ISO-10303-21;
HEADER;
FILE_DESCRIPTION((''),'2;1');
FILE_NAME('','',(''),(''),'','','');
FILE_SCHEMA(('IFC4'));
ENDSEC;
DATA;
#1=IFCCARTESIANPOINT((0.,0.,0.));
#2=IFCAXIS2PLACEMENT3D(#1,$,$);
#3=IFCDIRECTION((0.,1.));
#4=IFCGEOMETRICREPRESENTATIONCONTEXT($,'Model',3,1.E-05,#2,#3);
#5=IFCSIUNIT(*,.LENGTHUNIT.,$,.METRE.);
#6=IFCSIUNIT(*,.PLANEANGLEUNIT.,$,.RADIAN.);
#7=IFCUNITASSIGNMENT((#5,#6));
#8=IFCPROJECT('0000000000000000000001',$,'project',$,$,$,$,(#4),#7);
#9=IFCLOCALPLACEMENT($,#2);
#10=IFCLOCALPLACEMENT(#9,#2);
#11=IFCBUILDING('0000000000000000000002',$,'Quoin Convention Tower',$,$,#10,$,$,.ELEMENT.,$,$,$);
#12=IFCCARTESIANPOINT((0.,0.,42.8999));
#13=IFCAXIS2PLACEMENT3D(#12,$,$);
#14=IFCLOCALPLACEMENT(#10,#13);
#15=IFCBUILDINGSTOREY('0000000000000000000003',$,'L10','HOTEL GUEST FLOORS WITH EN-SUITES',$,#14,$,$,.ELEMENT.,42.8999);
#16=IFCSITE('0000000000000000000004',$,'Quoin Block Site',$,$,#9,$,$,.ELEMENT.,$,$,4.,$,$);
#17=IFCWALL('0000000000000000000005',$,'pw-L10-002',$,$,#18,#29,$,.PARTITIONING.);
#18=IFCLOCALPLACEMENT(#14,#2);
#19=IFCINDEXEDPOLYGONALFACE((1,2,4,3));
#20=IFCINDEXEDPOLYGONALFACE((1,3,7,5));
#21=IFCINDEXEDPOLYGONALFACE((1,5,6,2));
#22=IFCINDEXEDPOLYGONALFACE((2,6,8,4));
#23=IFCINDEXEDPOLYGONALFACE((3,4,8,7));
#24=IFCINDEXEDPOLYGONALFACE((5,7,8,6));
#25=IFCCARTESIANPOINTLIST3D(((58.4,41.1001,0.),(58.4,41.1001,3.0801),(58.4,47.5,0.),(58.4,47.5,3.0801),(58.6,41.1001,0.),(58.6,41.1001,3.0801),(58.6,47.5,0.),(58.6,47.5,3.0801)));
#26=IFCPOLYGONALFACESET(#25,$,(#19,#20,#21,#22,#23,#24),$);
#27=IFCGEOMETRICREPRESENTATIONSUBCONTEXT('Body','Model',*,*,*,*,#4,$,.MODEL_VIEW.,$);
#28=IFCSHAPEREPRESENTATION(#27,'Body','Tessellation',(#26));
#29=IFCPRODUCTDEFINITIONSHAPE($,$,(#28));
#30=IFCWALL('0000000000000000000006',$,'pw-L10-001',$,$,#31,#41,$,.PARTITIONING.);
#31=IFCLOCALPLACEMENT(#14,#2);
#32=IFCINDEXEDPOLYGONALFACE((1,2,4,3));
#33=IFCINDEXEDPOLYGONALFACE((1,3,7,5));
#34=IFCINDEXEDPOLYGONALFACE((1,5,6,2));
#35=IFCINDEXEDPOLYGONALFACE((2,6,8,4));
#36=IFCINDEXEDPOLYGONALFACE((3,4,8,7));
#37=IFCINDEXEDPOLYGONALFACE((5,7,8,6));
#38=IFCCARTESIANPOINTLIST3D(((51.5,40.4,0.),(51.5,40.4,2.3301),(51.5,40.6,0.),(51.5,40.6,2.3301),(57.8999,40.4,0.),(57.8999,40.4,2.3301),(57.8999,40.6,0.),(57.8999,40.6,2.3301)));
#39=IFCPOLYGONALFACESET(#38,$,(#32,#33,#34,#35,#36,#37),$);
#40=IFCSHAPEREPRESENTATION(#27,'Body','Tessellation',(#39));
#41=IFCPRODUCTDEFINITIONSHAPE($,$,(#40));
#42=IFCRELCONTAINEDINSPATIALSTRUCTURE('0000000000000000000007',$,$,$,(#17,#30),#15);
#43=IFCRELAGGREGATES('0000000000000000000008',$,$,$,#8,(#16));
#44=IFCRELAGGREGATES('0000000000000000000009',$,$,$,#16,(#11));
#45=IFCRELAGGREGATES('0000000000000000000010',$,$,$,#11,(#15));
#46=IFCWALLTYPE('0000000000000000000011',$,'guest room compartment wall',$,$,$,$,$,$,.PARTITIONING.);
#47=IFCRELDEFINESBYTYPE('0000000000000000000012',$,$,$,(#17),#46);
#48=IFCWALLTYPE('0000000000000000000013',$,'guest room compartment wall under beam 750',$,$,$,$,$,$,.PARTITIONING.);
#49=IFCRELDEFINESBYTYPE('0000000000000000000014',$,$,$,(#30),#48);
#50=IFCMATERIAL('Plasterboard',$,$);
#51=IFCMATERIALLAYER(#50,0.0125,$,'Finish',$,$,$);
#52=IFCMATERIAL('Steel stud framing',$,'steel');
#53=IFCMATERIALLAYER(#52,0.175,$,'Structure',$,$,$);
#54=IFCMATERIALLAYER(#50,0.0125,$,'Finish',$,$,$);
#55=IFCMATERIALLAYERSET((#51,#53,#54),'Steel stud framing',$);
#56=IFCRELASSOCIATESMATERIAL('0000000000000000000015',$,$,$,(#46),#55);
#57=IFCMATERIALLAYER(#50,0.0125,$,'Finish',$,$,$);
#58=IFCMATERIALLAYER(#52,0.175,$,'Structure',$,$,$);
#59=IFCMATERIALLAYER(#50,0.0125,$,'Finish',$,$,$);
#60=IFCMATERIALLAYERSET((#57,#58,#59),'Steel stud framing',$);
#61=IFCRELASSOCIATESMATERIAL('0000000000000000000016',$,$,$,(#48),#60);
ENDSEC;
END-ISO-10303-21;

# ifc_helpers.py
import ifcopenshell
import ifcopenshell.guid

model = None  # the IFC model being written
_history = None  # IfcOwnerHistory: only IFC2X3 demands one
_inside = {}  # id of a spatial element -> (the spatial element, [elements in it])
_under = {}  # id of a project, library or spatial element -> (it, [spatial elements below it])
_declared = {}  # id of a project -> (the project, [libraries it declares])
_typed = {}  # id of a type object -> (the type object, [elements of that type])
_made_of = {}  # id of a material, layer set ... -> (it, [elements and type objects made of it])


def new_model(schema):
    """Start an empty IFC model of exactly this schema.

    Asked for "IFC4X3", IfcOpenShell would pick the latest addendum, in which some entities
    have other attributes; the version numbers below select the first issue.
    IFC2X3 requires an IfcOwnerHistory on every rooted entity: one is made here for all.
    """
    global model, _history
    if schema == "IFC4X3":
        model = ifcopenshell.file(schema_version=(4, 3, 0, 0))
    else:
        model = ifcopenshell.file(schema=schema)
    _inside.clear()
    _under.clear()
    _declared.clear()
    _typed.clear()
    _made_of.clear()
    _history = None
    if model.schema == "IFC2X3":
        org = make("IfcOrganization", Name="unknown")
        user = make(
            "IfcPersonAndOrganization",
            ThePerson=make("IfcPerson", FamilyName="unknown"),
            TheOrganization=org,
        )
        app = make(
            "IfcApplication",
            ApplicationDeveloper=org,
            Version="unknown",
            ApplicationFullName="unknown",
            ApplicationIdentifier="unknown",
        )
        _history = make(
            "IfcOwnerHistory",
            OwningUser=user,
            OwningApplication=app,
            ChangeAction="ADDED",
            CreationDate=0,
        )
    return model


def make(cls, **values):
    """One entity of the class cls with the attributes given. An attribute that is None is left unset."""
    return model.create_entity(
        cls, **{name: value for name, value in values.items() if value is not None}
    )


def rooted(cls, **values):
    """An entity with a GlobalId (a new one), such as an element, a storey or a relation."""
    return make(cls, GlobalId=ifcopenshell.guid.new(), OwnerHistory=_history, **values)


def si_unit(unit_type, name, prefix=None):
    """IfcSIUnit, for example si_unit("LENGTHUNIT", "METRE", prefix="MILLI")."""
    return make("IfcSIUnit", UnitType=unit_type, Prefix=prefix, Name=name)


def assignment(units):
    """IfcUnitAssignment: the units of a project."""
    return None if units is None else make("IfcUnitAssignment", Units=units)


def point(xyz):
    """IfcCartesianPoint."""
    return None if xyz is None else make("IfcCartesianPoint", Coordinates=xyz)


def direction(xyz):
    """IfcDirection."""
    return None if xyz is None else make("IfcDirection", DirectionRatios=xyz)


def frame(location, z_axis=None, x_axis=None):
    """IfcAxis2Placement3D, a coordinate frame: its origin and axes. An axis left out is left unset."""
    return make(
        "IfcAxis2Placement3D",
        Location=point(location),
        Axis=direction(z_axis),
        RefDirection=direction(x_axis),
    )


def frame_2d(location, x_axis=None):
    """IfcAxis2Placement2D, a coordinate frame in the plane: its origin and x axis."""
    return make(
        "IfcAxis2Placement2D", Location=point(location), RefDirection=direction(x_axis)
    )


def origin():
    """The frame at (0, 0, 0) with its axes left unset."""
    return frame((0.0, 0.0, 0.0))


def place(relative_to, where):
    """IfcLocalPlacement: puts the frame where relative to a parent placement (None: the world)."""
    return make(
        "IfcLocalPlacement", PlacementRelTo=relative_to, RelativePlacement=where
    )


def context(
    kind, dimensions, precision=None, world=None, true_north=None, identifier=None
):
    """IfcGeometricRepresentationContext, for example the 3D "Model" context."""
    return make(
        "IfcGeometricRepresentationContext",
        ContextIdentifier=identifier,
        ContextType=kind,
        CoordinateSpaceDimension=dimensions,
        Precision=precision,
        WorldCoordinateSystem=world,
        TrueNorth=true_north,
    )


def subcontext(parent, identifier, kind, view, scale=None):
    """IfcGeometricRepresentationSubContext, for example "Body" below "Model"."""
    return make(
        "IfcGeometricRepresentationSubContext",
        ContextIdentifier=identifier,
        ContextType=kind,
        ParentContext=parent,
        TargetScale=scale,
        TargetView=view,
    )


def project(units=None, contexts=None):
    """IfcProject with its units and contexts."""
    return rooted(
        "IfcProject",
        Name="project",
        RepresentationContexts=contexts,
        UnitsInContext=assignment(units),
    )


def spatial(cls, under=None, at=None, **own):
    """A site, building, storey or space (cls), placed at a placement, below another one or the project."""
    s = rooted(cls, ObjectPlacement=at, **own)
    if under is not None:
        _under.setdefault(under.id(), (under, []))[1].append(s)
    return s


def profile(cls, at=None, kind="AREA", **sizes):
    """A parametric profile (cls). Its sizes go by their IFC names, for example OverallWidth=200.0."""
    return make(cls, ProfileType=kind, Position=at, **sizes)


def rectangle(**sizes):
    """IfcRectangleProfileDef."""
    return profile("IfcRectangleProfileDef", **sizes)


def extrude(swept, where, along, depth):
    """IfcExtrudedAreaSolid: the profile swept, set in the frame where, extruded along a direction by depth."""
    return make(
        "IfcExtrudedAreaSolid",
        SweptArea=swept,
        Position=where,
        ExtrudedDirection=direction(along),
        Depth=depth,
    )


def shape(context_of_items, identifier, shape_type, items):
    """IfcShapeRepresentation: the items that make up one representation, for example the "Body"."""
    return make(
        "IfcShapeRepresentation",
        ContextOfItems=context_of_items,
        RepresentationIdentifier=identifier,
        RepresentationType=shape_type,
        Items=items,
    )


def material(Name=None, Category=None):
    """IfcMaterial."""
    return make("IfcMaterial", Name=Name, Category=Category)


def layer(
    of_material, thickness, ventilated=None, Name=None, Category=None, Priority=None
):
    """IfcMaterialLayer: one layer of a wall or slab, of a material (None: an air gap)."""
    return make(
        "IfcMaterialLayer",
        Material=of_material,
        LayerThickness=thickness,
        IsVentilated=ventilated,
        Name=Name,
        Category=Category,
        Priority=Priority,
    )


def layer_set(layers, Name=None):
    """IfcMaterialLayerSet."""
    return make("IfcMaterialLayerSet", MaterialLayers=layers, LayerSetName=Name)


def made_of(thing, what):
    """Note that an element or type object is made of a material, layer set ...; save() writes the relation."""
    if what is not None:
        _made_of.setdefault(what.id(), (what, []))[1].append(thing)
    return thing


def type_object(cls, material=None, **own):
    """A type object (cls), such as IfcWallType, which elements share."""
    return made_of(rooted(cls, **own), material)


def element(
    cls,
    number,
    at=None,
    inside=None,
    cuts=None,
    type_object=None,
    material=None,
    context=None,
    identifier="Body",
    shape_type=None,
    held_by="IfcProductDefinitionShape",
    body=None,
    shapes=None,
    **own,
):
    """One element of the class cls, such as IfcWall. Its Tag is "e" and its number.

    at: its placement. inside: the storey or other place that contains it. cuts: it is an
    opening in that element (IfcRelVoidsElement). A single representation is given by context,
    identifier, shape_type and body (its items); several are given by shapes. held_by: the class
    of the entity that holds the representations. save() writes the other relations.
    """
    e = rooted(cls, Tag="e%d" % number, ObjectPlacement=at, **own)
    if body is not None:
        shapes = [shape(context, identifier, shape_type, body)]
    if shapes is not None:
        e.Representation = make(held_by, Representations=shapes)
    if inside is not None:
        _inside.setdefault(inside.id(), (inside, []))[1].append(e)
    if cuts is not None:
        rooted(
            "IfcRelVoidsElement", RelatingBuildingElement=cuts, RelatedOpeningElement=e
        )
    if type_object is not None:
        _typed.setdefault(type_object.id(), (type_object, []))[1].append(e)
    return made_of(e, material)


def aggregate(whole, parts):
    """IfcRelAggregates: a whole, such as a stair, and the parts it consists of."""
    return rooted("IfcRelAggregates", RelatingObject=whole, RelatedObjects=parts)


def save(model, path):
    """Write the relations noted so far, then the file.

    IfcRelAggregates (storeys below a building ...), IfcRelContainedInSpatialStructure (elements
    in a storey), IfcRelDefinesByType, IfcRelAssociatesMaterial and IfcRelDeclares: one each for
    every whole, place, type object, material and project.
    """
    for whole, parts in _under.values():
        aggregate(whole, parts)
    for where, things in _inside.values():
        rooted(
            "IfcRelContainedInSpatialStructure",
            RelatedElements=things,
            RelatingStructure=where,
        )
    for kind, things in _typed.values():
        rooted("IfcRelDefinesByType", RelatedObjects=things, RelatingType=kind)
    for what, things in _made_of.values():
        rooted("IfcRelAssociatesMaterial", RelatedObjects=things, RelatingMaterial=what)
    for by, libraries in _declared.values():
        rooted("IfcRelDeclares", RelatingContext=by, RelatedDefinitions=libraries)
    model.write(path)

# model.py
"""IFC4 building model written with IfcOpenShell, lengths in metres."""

from ifc_helpers import new_model, si_unit, direction, frame, frame_2d, origin, place, context, subcontext, project, spatial, rectangle, extrude, material, layer, layer_set, type_object, element, save


model = new_model("IFC4")

# Units and contexts
model_context = context("Model", 3, precision=1e-05, world=origin(), true_north=direction((0.0, 1.0)))
body_context = subcontext(model_context, "Body", "Model", "MODEL_VIEW")
ifc_project = project(units=[si_unit("LENGTHUNIT", "METRE"), si_unit("PLANEANGLEUNIT", "RADIAN")], contexts=[model_context])

# Site, building, storey
site_placement = place(None, origin())
site = spatial("IfcSite", under=ifc_project, at=site_placement, Name="Quoin Block Site", CompositionType="ELEMENT", RefElevation=4.0)
building_placement = place(site_placement, origin())
building = spatial("IfcBuilding", under=site, at=building_placement, Name="Quoin Convention Tower", CompositionType="ELEMENT")
storey_placement = place(building_placement, frame((0.0, 0.0, 42.8999)))
storey = spatial("IfcBuildingStorey", under=building, at=storey_placement, Name="L10", Description="HOTEL GUEST FLOORS WITH EN-SUITES", CompositionType="ELEMENT", Elevation=42.8999)

# Walls
ifc_material_1 = material(Name="Plasterboard")
ifc_layer_1 = layer(ifc_material_1, 0.0125, Name="Finish")
ifc_material_2 = material(Name="Steel stud framing", Category="steel")
ifc_layer_2 = layer(ifc_material_2, 0.175, Name="Structure")
ifc_layer_3 = layer(ifc_material_1, 0.0125, Name="Finish")
ifc_layer_set_1 = layer_set([ifc_layer_1, ifc_layer_2, ifc_layer_3], Name="Steel stud framing")
wall_type_1 = type_object("IfcWallType", Name="guest room compartment wall", PredefinedType="PARTITIONING", material=ifc_layer_set_1)
wall_1_placement = place(storey_placement, frame((58.5, 41.1001, 0.0), z_axis=(0.0, 0.0, 1.0), x_axis=(0.0, 1.0, 0.0)))
element("IfcWall", 1, at=wall_1_placement, inside=storey, type_object=wall_type_1, Name="pw-L10-002", PredefinedType="PARTITIONING", context=body_context, shape_type="SweptSolid", body=[
    extrude(rectangle(XDim=6.3999, YDim=0.2, at=frame_2d((3.2, 0.0))), origin(), (0.0, 0.0, 1.0), 3.0801),
])
ifc_layer_4 = layer(ifc_material_1, 0.0125, Name="Finish")
ifc_layer_5 = layer(ifc_material_2, 0.175, Name="Structure")
ifc_layer_6 = layer(ifc_material_1, 0.0125, Name="Finish")
ifc_layer_set_2 = layer_set([ifc_layer_4, ifc_layer_5, ifc_layer_6], Name="Steel stud framing")
wall_type_2 = type_object("IfcWallType", Name="guest room compartment wall under beam 750", PredefinedType="PARTITIONING", material=ifc_layer_set_2)
wall_2_placement = place(storey_placement, frame((51.5, 40.5, 0.0), z_axis=(0.0, 0.0, 1.0), x_axis=(1.0, 0.0, 0.0)))
element("IfcWall", 2, at=wall_2_placement, inside=storey, type_object=wall_type_2, Name="pw-L10-001", PredefinedType="PARTITIONING", context=body_context, shape_type="SweptSolid", body=[
    extrude(rectangle(XDim=6.3999, YDim=0.2, at=frame_2d((3.2, 0.0))), origin(), (0.0, 0.0, 1.0), 2.3301),
])

save(model, "model.ifc")
